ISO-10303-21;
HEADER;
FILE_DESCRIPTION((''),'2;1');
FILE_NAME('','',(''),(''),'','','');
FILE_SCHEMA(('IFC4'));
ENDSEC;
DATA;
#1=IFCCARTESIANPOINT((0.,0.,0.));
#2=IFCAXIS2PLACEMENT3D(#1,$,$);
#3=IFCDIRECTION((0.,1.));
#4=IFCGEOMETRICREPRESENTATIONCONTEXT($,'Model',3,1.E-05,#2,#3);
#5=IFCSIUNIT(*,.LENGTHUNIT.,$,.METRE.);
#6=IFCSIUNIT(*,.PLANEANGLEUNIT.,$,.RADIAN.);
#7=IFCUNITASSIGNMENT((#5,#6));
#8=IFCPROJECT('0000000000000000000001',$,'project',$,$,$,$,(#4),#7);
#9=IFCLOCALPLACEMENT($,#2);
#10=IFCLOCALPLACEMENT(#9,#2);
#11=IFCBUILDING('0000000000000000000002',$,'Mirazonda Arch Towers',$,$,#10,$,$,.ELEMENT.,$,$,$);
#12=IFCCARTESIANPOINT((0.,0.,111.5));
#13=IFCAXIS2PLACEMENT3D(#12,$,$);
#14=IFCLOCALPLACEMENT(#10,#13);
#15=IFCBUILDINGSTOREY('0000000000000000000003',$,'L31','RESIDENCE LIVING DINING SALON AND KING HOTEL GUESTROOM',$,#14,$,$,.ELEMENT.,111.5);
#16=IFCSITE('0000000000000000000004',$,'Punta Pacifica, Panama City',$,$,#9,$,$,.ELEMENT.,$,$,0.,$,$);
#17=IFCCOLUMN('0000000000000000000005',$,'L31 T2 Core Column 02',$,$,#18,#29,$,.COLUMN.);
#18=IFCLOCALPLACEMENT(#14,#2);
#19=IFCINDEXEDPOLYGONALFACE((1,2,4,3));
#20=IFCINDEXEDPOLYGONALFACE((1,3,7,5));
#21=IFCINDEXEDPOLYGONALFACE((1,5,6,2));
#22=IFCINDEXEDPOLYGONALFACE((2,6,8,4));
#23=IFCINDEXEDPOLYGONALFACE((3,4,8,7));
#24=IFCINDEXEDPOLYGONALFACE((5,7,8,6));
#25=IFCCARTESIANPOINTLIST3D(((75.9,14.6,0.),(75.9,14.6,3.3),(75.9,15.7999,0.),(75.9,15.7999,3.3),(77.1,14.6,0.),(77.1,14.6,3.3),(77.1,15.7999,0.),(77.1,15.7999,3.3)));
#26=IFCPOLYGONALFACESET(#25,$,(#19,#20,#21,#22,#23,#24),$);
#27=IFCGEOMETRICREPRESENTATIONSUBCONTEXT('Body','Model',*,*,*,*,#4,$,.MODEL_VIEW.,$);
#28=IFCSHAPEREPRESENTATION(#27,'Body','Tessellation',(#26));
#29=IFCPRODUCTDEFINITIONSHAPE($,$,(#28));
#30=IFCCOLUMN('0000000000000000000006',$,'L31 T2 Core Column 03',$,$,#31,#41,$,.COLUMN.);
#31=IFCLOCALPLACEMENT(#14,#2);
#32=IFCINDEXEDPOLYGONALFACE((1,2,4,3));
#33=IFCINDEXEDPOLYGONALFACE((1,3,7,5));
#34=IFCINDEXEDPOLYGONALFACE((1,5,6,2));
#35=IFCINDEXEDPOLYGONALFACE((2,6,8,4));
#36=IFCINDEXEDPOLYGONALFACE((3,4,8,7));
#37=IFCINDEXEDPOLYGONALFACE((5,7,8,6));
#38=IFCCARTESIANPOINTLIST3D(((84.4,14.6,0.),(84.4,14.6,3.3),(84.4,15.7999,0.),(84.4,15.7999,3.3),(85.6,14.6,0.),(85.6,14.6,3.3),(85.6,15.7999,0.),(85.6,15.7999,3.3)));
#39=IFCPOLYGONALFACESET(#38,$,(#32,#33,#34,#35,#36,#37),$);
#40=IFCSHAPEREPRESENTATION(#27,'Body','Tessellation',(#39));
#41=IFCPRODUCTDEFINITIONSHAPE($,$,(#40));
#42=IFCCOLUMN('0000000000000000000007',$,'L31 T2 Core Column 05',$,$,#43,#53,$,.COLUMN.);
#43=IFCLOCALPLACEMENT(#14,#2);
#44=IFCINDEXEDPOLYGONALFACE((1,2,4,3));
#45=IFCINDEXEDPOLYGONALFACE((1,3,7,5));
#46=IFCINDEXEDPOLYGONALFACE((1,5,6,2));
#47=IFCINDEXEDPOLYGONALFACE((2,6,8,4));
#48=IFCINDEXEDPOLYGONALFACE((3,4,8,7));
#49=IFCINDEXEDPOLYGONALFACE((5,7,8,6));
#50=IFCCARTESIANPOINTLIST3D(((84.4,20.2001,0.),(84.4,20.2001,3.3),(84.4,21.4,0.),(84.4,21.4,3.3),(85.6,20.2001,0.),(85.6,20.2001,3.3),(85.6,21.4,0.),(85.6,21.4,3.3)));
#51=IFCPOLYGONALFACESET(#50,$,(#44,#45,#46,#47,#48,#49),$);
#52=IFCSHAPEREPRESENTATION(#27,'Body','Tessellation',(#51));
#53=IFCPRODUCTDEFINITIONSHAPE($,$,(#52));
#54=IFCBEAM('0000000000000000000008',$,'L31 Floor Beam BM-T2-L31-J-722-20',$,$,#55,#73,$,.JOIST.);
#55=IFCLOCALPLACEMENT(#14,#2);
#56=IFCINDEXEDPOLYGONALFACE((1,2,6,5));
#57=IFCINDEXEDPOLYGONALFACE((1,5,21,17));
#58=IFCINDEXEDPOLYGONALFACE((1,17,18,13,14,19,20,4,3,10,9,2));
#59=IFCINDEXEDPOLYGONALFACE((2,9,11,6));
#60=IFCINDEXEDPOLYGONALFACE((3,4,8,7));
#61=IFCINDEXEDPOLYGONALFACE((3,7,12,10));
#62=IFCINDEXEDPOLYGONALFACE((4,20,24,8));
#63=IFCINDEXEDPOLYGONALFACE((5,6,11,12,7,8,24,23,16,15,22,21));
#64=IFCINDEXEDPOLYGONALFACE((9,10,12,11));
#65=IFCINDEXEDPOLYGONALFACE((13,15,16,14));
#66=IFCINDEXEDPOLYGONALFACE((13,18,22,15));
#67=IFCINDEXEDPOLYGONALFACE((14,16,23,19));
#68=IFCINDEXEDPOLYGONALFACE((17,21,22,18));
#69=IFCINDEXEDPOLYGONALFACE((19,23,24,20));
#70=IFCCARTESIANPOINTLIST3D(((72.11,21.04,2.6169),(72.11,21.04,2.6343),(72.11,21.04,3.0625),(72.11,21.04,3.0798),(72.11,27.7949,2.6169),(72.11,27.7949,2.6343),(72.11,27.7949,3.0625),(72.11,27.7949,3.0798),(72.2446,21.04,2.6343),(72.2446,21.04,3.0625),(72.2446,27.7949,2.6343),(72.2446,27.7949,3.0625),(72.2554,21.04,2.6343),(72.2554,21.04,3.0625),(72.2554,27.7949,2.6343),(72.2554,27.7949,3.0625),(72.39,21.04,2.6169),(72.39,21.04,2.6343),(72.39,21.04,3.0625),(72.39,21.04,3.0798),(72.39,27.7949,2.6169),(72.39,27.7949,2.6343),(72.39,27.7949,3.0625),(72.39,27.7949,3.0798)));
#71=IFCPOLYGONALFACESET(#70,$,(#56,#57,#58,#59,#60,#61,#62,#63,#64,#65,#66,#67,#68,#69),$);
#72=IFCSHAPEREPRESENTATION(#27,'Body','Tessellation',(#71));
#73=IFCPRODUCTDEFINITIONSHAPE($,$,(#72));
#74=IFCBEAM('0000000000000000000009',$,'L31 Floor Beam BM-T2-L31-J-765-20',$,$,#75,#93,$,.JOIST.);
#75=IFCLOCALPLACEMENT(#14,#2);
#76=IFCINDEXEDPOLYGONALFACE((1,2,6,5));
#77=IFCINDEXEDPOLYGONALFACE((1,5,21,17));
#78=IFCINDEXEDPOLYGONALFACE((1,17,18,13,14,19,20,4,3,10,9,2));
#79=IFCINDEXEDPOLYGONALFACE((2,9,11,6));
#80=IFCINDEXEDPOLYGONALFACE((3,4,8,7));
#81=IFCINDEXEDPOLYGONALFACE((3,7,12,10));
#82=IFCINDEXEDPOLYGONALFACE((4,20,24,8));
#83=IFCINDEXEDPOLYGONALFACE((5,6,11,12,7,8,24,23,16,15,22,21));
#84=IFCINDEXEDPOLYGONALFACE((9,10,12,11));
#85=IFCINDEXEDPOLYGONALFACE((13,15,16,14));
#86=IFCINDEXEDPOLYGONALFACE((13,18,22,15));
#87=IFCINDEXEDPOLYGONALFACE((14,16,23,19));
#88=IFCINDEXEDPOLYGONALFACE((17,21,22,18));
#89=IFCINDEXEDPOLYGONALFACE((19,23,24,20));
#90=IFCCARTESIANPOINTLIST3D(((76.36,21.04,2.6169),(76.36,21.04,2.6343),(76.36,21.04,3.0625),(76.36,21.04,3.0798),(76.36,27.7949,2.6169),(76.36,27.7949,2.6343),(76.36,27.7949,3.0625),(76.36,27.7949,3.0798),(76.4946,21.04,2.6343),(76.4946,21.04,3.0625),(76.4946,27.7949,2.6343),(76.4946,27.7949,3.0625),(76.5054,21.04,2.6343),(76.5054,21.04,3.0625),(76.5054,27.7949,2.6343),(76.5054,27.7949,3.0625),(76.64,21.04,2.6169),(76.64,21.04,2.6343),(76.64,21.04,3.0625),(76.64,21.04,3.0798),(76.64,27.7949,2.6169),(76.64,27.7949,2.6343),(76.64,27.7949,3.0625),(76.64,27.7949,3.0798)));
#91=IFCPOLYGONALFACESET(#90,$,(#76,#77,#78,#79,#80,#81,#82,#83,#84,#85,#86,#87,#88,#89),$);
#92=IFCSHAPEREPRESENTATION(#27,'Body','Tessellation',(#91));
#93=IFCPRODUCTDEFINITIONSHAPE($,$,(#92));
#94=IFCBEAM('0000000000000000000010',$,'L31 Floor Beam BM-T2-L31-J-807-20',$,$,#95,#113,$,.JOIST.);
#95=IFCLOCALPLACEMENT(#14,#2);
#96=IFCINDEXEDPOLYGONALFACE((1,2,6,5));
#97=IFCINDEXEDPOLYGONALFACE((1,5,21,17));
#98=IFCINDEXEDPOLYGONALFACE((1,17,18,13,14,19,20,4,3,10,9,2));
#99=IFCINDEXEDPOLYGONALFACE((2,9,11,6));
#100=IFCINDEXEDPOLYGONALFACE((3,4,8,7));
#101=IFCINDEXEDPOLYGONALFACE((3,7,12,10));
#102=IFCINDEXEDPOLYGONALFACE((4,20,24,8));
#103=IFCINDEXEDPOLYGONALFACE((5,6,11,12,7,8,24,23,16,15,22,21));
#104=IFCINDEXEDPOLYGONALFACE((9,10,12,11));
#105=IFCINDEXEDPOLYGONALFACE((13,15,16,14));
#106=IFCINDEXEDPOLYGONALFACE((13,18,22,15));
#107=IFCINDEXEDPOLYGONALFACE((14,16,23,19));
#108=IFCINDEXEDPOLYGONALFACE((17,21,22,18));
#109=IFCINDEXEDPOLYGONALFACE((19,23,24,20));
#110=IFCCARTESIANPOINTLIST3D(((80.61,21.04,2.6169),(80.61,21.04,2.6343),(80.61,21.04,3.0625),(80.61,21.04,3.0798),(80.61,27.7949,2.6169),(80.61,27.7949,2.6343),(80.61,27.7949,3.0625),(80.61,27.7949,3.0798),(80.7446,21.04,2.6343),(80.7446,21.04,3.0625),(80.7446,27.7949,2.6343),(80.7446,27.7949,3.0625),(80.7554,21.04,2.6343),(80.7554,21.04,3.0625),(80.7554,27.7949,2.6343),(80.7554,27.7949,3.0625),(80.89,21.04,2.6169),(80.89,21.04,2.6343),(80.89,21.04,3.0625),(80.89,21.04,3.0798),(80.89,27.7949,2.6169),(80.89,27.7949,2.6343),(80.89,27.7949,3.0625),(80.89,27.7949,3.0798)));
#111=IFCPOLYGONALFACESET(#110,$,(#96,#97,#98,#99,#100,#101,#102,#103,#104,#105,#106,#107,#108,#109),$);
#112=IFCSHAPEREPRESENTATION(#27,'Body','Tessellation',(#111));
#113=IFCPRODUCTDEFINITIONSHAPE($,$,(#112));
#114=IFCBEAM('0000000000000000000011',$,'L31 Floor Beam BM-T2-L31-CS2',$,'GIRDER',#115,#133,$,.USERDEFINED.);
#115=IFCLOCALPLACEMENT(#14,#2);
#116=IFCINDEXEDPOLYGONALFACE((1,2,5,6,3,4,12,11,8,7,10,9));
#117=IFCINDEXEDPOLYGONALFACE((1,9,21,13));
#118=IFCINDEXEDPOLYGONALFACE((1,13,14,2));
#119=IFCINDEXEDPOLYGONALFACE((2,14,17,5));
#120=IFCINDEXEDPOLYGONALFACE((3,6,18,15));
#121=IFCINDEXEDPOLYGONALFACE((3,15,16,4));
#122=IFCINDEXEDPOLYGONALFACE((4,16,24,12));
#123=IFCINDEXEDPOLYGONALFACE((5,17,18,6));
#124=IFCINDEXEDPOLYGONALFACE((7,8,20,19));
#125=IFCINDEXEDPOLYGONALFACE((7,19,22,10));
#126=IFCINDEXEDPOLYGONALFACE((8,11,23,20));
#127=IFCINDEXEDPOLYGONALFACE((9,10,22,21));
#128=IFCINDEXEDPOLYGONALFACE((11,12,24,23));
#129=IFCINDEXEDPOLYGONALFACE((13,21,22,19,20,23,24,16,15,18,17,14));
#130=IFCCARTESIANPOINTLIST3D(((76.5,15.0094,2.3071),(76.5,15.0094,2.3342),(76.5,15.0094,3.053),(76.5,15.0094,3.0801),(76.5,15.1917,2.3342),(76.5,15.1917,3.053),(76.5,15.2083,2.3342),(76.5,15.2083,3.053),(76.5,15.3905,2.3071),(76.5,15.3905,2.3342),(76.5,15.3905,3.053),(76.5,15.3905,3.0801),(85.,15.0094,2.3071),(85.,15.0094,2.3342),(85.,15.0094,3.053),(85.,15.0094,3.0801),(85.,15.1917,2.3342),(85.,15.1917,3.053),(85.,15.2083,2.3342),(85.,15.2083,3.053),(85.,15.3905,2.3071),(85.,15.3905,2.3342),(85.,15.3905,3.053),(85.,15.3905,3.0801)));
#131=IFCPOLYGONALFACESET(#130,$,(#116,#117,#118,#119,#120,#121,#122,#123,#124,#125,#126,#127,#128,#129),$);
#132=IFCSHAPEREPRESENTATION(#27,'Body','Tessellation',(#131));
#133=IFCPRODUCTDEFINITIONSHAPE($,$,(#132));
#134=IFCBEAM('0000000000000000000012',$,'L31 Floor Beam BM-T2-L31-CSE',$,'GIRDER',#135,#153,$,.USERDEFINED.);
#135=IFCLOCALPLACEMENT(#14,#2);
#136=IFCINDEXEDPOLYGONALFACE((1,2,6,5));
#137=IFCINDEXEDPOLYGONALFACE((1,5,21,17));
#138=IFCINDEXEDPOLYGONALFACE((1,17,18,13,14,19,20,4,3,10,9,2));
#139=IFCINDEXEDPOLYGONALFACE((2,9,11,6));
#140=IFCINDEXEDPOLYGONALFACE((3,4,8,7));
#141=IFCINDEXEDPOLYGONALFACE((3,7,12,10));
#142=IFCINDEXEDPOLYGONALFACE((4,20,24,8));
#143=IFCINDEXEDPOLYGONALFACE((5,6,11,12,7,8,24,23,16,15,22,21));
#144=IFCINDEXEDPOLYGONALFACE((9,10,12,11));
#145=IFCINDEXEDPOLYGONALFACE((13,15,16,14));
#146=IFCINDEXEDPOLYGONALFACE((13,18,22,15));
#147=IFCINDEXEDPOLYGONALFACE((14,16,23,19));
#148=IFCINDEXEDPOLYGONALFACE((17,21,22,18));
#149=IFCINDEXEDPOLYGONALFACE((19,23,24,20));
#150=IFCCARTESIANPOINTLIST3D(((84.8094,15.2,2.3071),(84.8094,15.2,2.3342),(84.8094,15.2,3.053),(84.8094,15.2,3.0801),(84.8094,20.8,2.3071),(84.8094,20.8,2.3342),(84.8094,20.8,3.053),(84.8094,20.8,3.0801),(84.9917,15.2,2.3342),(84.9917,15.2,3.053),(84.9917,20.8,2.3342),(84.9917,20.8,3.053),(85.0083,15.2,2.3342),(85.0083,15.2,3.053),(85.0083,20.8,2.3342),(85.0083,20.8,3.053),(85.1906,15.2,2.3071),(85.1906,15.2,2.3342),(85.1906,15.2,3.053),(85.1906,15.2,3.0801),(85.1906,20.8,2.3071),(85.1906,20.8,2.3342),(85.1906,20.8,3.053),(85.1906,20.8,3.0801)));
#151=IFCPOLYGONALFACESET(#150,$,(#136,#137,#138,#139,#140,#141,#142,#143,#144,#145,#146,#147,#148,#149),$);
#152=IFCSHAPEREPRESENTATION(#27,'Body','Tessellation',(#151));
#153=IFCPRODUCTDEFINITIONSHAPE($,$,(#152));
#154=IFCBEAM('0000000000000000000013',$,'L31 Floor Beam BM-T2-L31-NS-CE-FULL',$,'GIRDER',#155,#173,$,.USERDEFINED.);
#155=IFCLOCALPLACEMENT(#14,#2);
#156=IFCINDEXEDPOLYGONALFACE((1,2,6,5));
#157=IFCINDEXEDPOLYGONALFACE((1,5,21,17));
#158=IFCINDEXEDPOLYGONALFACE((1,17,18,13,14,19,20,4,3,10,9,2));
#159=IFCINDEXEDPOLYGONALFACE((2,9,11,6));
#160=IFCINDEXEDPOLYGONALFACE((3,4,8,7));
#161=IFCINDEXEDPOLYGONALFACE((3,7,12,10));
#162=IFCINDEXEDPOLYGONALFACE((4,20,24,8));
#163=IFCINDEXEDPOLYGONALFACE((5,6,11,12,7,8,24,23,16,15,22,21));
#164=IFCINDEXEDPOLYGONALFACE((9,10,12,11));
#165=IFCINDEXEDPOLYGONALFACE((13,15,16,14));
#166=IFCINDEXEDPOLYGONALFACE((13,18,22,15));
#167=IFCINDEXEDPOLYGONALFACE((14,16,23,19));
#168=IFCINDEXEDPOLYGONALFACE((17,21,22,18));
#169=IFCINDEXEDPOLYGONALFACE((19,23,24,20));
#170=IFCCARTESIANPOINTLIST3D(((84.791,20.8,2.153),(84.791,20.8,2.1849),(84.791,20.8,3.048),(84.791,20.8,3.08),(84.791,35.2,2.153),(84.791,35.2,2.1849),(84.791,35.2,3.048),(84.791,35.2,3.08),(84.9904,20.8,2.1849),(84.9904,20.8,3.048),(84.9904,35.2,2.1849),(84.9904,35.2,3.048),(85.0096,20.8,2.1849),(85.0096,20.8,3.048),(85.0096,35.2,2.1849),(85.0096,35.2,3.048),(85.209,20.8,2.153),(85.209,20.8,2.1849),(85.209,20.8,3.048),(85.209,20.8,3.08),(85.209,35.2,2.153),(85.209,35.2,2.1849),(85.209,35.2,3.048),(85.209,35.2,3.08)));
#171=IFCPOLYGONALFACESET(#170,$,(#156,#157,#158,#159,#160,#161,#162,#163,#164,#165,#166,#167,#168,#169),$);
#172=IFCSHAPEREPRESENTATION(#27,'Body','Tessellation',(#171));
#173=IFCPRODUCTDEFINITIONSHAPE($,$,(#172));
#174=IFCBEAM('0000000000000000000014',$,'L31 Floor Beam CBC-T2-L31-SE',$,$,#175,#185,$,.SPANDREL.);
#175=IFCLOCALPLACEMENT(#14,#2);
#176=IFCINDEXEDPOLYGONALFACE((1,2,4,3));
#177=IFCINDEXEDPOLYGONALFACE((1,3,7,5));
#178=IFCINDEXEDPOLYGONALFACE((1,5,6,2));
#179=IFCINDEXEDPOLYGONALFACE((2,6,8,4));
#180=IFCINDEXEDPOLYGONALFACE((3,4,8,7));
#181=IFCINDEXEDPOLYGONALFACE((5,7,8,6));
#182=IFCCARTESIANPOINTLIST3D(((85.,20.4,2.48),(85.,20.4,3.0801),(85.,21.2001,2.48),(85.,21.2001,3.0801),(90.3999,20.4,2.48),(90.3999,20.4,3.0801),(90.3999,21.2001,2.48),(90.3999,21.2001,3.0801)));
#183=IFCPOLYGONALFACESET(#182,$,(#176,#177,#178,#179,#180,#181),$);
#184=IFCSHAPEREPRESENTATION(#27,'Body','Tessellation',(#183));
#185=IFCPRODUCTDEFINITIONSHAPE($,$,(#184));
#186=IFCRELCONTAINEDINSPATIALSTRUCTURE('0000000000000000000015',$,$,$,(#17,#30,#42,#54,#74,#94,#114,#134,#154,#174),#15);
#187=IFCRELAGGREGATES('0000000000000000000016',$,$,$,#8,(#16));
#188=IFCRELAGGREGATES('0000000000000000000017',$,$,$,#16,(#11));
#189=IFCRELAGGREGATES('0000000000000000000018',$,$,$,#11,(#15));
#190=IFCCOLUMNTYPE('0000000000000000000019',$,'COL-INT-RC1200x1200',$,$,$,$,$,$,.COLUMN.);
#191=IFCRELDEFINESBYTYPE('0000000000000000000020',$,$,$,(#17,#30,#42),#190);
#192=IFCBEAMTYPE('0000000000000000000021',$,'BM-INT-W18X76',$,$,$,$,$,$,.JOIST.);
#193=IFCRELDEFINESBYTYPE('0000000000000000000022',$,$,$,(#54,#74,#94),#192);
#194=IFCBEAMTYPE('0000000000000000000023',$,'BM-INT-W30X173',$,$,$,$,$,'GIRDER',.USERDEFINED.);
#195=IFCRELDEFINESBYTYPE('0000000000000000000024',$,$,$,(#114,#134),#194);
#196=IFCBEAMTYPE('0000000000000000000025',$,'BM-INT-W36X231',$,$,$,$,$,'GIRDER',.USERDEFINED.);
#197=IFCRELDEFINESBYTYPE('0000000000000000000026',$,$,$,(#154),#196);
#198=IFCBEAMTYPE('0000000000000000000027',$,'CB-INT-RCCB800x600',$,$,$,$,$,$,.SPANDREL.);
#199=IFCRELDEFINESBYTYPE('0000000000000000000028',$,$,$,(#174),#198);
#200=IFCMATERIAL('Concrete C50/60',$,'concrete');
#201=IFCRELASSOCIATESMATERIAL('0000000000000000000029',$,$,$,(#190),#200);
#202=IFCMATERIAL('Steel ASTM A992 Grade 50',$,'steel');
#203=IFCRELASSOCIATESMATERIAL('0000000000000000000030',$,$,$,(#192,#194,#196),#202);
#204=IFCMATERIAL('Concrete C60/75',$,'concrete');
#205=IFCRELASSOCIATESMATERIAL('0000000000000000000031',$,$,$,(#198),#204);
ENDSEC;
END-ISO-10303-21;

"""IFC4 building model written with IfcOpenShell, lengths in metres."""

from ifc_helpers import new_model, si_unit, direction, frame, origin, origin_2d, place, context, subcontext, project, spatial, rectangle, i_section, extrude, material, material_profile, profile_set, type_object, element, save


model = new_model("IFC4")

# Units and contexts
model_context = context("Model", 3, precision=1e-05, world=origin(), true_north=direction((0.0, 1.0)))
body_context = subcontext(model_context, "Body", "Model", "MODEL_VIEW")
ifc_project = project(units=[si_unit("LENGTHUNIT", "METRE"), si_unit("PLANEANGLEUNIT", "RADIAN")], contexts=[model_context])

# Site, building, storey
site_placement = place(None, origin())
site = spatial("IfcSite", under=ifc_project, at=site_placement, Name="Punta Pacifica, Panama City", CompositionType="ELEMENT", RefElevation=0.0)
building_placement = place(site_placement, origin())
building = spatial("IfcBuilding", under=site, at=building_placement, Name="Mirazonda Arch Towers", CompositionType="ELEMENT")
storey_placement = place(building_placement, frame((0.0, 0.0, 111.5)))
storey = spatial("IfcBuildingStorey", under=building, at=storey_placement, Name="L31", Description="RESIDENCE LIVING DINING SALON AND KING HOTEL GUESTROOM", CompositionType="ELEMENT", Elevation=111.5)

# Columns
ifc_material_1 = material(Name="Concrete C50/60", Category="concrete")
ifc_material_profile_1 = material_profile(ifc_material_1, rectangle(XDim=1.2, YDim=1.2, at=origin_2d()), Name="RC1200x1200")
ifc_profile_set_1 = profile_set([ifc_material_profile_1], Name="Concrete C50/60")
column_type = type_object("IfcColumnType", Name="COL-INT-RC1200x1200", PredefinedType="COLUMN", material=ifc_profile_set_1)
for number, where, z_axis, x_axis, name in (
    (1, (76.5, 15.2, 0.0), (0.0, 0.0, 1.0), (1.0, 0.0, 0.0), "L31 T2 Core Column 02"),
    (2, (85.0, 15.2, 0.0), (0.0, 0.0, 1.0), (1.0, 0.0, 0.0), "L31 T2 Core Column 03"),
    (3, (85.0, 20.8, 0.0), (0.0, 0.0, 1.0), (1.0, 0.0, 0.0), "L31 T2 Core Column 05"),
):
    element("IfcColumn", number, at=place(storey_placement, frame(where, z_axis=z_axis, x_axis=x_axis)), inside=storey, type_object=column_type, Name=name, PredefinedType="COLUMN", context=body_context, shape_type="SweptSolid", body=[
        extrude(rectangle(XDim=1.2, YDim=1.2, at=origin_2d()), origin(), (0.0, 0.0, 1.0), 3.3),
    ])

# Beams
ifc_material_2 = material(Name="Steel ASTM A992 Grade 50", Category="steel")
ifc_material_profile_2 = material_profile(ifc_material_2, i_section(OverallWidth=0.28, OverallDepth=0.4629, WebThickness=0.0107, FlangeThickness=0.0173, at=origin_2d()), Name="W18X76")
ifc_profile_set_2 = profile_set([ifc_material_profile_2], Name="Steel ASTM A992 Grade 50")
beam_type_1 = type_object("IfcBeamType", Name="BM-INT-W18X76", PredefinedType="JOIST", material=ifc_profile_set_2)
for number, where, z_axis, x_axis, name in (
    (4, (72.25, 21.04, 2.8484), (0.0, 1.0, 0.0), (-1.0, 0.0, 0.0), "L31 Floor Beam BM-T2-L31-J-722-20"),
    (5, (76.5, 21.04, 2.8484), (0.0, 1.0, 0.0), (-1.0, 0.0, 0.0), "L31 Floor Beam BM-T2-L31-J-765-20"),
    (6, (80.75, 21.04, 2.8484), (0.0, 1.0, 0.0), (-1.0, 0.0, 0.0), "L31 Floor Beam BM-T2-L31-J-807-20"),
):
    element("IfcBeam", number, at=place(storey_placement, frame(where, z_axis=z_axis, x_axis=x_axis)), inside=storey, type_object=beam_type_1, Name=name, PredefinedType="JOIST", context=body_context, shape_type="SweptSolid", body=[
        extrude(i_section(OverallWidth=0.28, OverallDepth=0.4629, WebThickness=0.0107, FlangeThickness=0.0173, at=origin_2d()), origin(), (0.0, 0.0, 1.0), 6.7549),
    ])
ifc_material_profile_3 = material_profile(ifc_material_2, i_section(OverallWidth=0.3811, OverallDepth=0.7729, WebThickness=0.0166, FlangeThickness=0.0271, at=origin_2d()), Name="W30X173")
ifc_profile_set_3 = profile_set([ifc_material_profile_3], Name="Steel ASTM A992 Grade 50")
beam_type_2 = type_object("IfcBeamType", Name="BM-INT-W30X173", ElementType="GIRDER", PredefinedType="USERDEFINED", material=ifc_profile_set_3)
beam_1_placement = place(storey_placement, frame((76.5, 15.2, 2.6936), z_axis=(1.0, 0.0, 0.0), x_axis=(0.0, 1.0, 0.0)))
element("IfcBeam", 7, at=beam_1_placement, inside=storey, type_object=beam_type_2, Name="L31 Floor Beam BM-T2-L31-CS2", ObjectType="GIRDER", PredefinedType="USERDEFINED", context=body_context, shape_type="SweptSolid", body=[
    extrude(i_section(OverallWidth=0.3811, OverallDepth=0.7729, WebThickness=0.0166, FlangeThickness=0.0271, at=origin_2d()), origin(), (0.0, 0.0, 1.0), 8.5),
])
beam_2_placement = place(storey_placement, frame((85.0, 15.2, 2.6936), z_axis=(0.0, 1.0, 0.0), x_axis=(-1.0, 0.0, 0.0)))
element("IfcBeam", 8, at=beam_2_placement, inside=storey, type_object=beam_type_2, Name="L31 Floor Beam BM-T2-L31-CSE", ObjectType="GIRDER", PredefinedType="USERDEFINED", context=body_context, shape_type="SweptSolid", body=[
    extrude(i_section(OverallWidth=0.3811, OverallDepth=0.7729, WebThickness=0.0166, FlangeThickness=0.0271, at=origin_2d()), origin(), (0.0, 0.0, 1.0), 5.6001),
])
ifc_material_profile_4 = material_profile(ifc_material_2, i_section(OverallWidth=0.418, OverallDepth=0.927, WebThickness=0.0193, FlangeThickness=0.032, at=origin_2d()), Name="W36X231")
ifc_profile_set_4 = profile_set([ifc_material_profile_4], Name="Steel ASTM A992 Grade 50")
beam_type_3 = type_object("IfcBeamType", Name="BM-INT-W36X231", ElementType="GIRDER", PredefinedType="USERDEFINED", material=ifc_profile_set_4)
beam_3_placement = place(storey_placement, frame((85.0, 20.8, 2.6165), z_axis=(0.0, 1.0, 0.0), x_axis=(-1.0, 0.0, 0.0)))
element("IfcBeam", 9, at=beam_3_placement, inside=storey, type_object=beam_type_3, Name="L31 Floor Beam BM-T2-L31-NS-CE-FULL", ObjectType="GIRDER", PredefinedType="USERDEFINED", context=body_context, shape_type="SweptSolid", body=[
    extrude(i_section(OverallWidth=0.418, OverallDepth=0.927, WebThickness=0.0193, FlangeThickness=0.032, at=origin_2d()), origin(), (0.0, 0.0, 1.0), 14.3999),
])
ifc_material_3 = material(Name="Concrete C60/75", Category="concrete")
ifc_material_profile_5 = material_profile(ifc_material_3, rectangle(XDim=0.8, YDim=0.6001, at=origin_2d()), Name="RCCB800x600")
ifc_profile_set_5 = profile_set([ifc_material_profile_5], Name="Concrete C60/75")
beam_type_4 = type_object("IfcBeamType", Name="CB-INT-RCCB800x600", PredefinedType="SPANDREL", material=ifc_profile_set_5)
beam_4_placement = place(storey_placement, frame((85.0, 20.8, 2.78), z_axis=(1.0, 0.0, 0.0), x_axis=(0.0, 1.0, 0.0)))
element("IfcBeam", 10, at=beam_4_placement, inside=storey, type_object=beam_type_4, Name="L31 Floor Beam CBC-T2-L31-SE", PredefinedType="SPANDREL", context=body_context, shape_type="SweptSolid", body=[
    extrude(rectangle(XDim=0.8, YDim=0.6001, at=origin_2d()), origin(), (0.0, 0.0, 1.0), 5.3999),
])

save(model, "model.ifc")
